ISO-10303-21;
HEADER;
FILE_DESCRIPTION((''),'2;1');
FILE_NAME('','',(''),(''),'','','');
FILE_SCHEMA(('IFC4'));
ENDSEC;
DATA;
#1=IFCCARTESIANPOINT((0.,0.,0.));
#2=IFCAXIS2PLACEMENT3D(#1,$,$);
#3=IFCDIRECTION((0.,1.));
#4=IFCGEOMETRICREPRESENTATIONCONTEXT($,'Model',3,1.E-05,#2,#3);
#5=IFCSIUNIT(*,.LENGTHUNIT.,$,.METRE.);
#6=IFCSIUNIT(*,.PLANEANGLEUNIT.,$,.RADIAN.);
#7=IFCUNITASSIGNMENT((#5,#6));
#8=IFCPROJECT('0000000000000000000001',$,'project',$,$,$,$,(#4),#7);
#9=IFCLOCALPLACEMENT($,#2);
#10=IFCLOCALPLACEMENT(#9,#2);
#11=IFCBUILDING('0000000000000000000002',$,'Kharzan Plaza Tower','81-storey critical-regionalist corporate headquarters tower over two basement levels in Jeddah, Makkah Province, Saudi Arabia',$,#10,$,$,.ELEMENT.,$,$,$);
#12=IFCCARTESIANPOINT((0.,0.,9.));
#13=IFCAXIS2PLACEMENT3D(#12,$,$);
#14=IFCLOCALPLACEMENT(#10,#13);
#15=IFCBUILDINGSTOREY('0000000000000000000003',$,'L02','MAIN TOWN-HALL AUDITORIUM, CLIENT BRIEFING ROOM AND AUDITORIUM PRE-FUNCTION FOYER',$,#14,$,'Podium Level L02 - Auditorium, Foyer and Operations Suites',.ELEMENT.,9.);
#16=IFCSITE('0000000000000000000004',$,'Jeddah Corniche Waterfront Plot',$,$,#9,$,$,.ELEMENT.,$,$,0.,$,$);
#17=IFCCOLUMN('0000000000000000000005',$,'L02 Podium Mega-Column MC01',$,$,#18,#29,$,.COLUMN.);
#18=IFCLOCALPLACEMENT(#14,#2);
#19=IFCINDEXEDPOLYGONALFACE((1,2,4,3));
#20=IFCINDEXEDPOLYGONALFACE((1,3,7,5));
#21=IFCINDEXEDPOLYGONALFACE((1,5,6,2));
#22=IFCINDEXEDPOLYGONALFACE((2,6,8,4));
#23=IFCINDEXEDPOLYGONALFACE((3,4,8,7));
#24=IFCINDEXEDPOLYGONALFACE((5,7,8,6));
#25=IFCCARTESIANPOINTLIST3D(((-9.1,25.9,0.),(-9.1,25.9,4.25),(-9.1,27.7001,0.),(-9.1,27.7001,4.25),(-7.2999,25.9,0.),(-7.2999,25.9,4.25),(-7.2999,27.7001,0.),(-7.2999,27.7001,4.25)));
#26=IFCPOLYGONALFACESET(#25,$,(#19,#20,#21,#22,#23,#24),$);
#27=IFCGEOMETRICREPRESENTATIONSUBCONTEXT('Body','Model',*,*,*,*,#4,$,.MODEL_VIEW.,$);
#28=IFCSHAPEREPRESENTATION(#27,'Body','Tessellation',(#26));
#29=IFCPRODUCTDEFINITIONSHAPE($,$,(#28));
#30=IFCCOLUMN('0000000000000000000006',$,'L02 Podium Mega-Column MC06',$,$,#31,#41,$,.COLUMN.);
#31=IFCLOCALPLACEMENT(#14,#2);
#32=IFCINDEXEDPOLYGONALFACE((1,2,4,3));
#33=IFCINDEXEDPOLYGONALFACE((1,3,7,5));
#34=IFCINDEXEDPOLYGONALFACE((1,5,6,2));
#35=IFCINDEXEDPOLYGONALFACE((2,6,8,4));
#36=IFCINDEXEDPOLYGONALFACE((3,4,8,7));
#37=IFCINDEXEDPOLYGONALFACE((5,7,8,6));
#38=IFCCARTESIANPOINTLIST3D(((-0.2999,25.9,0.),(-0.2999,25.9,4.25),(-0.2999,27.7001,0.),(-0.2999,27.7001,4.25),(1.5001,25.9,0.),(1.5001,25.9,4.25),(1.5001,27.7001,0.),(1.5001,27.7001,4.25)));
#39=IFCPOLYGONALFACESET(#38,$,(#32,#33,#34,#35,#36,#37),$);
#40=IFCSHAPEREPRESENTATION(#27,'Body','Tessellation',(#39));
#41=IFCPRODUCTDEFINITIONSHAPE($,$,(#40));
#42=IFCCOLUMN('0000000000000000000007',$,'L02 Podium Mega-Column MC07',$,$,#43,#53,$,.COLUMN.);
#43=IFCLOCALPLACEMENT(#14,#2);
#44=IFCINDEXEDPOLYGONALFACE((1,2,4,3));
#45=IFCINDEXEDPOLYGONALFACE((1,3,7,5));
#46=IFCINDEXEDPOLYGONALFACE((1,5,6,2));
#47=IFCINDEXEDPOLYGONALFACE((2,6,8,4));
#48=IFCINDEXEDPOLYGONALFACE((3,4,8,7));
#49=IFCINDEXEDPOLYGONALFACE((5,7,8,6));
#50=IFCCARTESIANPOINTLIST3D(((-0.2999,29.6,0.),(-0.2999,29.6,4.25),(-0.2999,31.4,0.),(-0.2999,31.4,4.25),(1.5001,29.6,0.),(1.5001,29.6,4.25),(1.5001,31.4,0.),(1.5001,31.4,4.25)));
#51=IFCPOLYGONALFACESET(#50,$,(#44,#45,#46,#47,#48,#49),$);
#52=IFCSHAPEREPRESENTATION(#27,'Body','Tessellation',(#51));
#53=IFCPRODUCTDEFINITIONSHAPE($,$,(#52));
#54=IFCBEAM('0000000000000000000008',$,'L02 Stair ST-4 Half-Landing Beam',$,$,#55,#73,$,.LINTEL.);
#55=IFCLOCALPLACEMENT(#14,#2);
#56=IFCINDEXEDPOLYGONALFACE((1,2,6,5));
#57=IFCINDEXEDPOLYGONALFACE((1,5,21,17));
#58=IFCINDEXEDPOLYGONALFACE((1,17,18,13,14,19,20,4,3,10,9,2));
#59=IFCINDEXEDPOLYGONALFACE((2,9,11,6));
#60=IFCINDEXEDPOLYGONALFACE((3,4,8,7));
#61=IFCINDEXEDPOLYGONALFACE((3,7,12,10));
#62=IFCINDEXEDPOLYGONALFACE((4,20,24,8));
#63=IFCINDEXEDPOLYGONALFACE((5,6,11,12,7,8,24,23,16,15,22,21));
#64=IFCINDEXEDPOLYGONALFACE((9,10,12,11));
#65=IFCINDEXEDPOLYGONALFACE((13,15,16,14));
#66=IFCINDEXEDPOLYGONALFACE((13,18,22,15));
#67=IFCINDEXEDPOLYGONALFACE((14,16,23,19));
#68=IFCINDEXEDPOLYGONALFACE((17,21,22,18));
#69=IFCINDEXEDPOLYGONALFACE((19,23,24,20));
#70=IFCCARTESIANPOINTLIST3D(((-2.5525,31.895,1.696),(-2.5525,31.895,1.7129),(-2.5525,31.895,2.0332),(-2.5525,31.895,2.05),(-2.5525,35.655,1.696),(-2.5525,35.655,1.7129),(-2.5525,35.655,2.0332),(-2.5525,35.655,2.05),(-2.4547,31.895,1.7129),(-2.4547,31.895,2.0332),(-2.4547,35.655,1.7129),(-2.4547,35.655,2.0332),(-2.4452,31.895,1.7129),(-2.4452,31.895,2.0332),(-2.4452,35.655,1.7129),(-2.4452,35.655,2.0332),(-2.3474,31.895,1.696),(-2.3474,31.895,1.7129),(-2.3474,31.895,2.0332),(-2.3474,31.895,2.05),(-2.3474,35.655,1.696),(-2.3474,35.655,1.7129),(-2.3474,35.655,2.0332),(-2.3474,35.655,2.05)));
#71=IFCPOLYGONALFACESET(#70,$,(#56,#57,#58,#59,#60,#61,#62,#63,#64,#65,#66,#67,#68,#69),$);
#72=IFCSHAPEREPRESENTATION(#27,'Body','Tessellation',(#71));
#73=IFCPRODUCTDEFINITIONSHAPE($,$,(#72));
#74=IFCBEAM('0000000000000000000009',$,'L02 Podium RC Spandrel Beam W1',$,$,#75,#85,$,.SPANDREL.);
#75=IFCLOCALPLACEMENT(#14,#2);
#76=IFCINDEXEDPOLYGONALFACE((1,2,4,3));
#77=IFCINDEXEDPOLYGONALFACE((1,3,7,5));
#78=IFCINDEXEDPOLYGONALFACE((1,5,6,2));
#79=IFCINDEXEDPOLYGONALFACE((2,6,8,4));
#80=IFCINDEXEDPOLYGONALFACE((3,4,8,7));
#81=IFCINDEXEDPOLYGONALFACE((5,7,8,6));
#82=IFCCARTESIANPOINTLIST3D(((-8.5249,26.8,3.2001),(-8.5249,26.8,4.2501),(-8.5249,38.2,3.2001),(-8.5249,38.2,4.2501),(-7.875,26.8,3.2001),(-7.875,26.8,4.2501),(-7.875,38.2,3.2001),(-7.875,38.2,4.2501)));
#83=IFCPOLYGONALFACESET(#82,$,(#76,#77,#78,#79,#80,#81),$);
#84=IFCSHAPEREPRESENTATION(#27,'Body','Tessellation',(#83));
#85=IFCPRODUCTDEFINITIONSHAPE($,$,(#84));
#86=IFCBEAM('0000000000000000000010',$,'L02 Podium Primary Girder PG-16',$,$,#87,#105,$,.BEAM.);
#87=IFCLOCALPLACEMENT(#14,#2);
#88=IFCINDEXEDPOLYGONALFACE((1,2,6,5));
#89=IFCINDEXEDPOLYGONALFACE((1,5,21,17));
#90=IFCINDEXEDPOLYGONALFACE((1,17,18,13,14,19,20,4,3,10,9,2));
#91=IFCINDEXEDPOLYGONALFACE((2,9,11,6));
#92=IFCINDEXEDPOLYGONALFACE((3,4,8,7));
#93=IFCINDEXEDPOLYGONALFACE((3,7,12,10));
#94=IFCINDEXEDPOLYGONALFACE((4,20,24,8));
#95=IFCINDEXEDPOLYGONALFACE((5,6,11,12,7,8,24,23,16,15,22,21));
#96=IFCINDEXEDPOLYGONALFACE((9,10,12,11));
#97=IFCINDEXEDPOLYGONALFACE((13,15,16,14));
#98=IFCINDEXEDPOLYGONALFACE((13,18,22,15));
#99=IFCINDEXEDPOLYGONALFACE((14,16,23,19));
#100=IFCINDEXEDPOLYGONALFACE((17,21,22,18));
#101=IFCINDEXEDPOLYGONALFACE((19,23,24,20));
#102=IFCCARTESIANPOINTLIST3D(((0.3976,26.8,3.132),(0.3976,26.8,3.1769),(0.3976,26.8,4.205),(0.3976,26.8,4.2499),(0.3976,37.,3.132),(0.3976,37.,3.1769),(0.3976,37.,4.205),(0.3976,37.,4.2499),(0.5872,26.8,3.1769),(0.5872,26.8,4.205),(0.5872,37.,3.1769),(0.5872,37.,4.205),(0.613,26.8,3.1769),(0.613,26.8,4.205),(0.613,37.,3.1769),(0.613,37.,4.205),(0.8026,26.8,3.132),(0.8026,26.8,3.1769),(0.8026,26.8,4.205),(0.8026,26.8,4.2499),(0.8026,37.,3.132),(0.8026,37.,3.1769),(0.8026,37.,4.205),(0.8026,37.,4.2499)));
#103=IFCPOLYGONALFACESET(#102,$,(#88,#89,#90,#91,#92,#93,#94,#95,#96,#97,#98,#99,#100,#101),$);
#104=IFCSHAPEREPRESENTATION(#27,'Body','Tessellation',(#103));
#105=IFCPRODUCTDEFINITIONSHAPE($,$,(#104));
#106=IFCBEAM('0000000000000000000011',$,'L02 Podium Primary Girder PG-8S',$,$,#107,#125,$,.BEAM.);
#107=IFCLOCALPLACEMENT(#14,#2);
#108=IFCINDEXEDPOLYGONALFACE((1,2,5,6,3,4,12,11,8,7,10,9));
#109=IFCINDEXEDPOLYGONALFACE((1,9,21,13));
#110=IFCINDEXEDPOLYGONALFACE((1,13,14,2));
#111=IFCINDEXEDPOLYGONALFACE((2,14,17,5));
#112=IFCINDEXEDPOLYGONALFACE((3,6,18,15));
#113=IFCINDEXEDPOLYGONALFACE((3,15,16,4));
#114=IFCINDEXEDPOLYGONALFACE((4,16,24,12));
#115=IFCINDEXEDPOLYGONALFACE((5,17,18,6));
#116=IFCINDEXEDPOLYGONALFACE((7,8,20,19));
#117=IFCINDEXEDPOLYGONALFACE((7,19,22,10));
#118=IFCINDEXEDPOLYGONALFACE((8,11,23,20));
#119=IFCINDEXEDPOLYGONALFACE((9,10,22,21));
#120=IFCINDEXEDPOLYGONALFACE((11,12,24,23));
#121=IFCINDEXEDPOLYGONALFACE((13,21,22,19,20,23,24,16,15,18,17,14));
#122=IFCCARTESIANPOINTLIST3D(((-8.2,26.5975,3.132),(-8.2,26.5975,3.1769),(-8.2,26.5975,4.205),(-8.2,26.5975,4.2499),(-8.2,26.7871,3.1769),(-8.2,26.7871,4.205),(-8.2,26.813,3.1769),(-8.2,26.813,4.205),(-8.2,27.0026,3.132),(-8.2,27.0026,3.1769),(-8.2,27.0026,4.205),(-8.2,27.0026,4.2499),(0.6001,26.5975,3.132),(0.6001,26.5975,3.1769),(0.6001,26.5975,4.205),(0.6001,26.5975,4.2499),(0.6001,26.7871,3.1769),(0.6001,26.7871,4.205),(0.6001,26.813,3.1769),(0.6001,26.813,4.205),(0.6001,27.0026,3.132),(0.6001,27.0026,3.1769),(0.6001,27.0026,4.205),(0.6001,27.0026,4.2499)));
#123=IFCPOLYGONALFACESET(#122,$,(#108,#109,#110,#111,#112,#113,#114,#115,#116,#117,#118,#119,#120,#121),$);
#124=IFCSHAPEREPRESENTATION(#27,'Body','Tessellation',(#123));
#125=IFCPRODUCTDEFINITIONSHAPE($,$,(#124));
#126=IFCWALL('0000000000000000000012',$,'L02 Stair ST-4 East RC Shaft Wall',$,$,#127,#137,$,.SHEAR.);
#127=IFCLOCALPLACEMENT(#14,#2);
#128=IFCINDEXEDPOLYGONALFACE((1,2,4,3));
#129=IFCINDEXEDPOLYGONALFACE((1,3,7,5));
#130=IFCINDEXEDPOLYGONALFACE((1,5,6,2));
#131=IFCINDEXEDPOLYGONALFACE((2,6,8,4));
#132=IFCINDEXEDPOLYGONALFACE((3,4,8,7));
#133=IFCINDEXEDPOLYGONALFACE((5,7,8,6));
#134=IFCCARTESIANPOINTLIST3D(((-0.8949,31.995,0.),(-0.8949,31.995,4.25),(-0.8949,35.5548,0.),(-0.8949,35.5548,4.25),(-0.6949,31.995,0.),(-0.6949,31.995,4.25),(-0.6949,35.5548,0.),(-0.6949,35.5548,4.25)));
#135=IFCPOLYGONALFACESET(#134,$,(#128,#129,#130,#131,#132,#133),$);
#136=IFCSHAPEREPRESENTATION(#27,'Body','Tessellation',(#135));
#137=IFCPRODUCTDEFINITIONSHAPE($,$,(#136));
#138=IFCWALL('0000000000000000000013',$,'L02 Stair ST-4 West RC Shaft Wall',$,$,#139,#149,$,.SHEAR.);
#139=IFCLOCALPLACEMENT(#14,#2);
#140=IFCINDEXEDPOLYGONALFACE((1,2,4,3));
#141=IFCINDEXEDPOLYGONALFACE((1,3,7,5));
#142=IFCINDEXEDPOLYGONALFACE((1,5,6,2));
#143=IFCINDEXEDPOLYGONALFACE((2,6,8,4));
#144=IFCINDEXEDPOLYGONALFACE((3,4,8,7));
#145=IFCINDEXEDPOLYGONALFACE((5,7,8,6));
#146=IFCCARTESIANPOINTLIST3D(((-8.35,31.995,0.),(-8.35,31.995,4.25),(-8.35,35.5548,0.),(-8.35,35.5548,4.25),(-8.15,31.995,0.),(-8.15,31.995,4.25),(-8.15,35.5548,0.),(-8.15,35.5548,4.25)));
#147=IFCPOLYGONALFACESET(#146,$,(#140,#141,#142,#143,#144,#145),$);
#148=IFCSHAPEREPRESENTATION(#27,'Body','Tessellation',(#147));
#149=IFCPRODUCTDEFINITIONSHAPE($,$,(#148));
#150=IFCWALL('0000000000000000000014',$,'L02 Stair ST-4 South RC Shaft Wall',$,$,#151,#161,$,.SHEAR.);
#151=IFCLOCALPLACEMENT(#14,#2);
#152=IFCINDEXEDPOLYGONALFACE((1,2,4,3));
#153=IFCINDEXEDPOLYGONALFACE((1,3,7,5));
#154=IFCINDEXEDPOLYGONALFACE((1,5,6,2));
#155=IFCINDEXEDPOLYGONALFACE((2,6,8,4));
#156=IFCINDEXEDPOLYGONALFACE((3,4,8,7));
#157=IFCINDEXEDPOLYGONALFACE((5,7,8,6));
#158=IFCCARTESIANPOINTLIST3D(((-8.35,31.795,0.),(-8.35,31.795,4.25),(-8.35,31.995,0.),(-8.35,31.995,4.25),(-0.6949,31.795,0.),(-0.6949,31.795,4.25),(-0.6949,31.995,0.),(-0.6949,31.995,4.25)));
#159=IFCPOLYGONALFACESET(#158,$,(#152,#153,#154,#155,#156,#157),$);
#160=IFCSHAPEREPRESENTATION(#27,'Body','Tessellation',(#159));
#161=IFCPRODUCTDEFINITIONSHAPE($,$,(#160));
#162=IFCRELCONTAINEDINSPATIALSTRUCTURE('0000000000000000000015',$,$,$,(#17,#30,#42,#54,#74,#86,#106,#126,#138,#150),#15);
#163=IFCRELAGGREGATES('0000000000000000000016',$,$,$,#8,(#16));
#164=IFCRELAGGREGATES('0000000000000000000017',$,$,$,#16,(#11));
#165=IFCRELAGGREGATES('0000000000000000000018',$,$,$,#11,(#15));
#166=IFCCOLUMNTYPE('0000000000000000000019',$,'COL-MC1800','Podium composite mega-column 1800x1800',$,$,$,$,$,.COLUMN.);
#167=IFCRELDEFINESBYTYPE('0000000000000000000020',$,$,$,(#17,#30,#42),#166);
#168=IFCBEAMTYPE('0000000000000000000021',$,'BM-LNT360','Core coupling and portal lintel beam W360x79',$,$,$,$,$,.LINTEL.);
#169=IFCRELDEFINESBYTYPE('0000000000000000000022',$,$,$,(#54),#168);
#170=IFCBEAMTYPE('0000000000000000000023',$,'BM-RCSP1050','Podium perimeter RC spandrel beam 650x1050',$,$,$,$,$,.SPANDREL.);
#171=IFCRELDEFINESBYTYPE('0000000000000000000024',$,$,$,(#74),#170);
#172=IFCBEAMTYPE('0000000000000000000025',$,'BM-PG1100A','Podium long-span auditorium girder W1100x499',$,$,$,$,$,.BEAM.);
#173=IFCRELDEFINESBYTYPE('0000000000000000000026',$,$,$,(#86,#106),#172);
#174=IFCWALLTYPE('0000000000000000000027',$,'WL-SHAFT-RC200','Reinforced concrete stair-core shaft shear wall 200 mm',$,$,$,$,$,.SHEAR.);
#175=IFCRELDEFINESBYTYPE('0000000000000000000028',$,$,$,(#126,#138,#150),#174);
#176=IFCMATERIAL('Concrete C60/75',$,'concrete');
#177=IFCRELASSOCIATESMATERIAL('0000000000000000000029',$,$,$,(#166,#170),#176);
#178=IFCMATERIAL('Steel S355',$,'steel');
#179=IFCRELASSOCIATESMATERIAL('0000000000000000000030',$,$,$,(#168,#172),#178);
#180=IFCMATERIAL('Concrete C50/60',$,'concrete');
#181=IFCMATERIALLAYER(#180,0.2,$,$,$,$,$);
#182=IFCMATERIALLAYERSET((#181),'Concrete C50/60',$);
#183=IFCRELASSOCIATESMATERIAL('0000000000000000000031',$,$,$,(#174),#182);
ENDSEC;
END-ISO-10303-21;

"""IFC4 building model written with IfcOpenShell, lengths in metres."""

from ifc_helpers import new_model, si_unit, direction, frame, frame_2d, origin, origin_2d, place, context, subcontext, project, spatial, rectangle, i_section, extrude, source, transform, mapped, material, layer, layer_set, material_profile, profile_set, type_object, element, save


model = new_model("IFC4")

# Units and contexts
model_context = context("Model", 3, precision=1e-05, world=origin(), true_north=direction((0.0, 1.0)))
body_context = subcontext(model_context, "Body", "Model", "MODEL_VIEW")
ifc_project = project(units=[si_unit("LENGTHUNIT", "METRE"), si_unit("PLANEANGLEUNIT", "RADIAN")], contexts=[model_context])

# Site, building, storey
site_placement = place(None, origin())
site = spatial("IfcSite", under=ifc_project, at=site_placement, Name="Jeddah Corniche Waterfront Plot", CompositionType="ELEMENT", RefElevation=0.0)
building_placement = place(site_placement, origin())
building = spatial("IfcBuilding", under=site, at=building_placement, Name="Kharzan Plaza Tower", Description="81-storey critical-regionalist corporate headquarters tower over two basement levels in Jeddah, Makkah Province, Saudi Arabia", CompositionType="ELEMENT")
storey_placement = place(building_placement, frame((0.0, 0.0, 9.0)))
storey = spatial("IfcBuildingStorey", under=building, at=storey_placement, Name="L02", Description="MAIN TOWN-HALL AUDITORIUM, CLIENT BRIEFING ROOM AND AUDITORIUM PRE-FUNCTION FOYER", LongName="Podium Level L02 - Auditorium, Foyer and Operations Suites", CompositionType="ELEMENT", Elevation=9.0)

# Columns
ifc_material_1 = material(Name="Concrete C60/75", Category="concrete")
ifc_material_profile_1 = material_profile(ifc_material_1, rectangle(XDim=1.8, YDim=1.8, at=origin_2d()), Name="RC-MC1800x1800")
ifc_profile_set_1 = profile_set([ifc_material_profile_1], Name="Concrete C60/75")
column_type = type_object("IfcColumnType", Name="COL-MC1800", Description="Podium composite mega-column 1800x1800", PredefinedType="COLUMN", material=ifc_profile_set_1)
shared_shape_1 = source(origin(), body_context, "Body", "SweptSolid", [
    extrude(rectangle(XDim=1.8, YDim=1.8, at=origin_2d()), origin(), (0.0, 0.0, 1.0), 4.25),
])
for number, where, z_axis, x_axis, name in (
    (1, (-8.2, 26.8, 0.0), (0.0, 0.0, 1.0), (1.0, 0.0, 0.0), "L02 Podium Mega-Column MC01"),
    (2, (0.6001, 26.8, 0.0), (0.0, 0.0, 1.0), (1.0, 0.0, 0.0), "L02 Podium Mega-Column MC06"),
    (3, (0.6001, 30.5, 0.0), (0.0, 0.0, 1.0), (1.0, 0.0, 0.0), "L02 Podium Mega-Column MC07"),
):
    element("IfcColumn", number, at=place(storey_placement, frame(where, z_axis=z_axis, x_axis=x_axis)), inside=storey, type_object=column_type, Name=name, PredefinedType="COLUMN", context=body_context, shape_type="MappedRepresentation", body=[
        mapped(shared_shape_1, transform((0.0, 0.0, 0.0), x_axis=(1.0, 0.0, 0.0), y_axis=(0.0, 1.0, 0.0), z_axis=(0.0, 0.0, 1.0))),
    ])

# Beams
ifc_material_2 = material(Name="Steel S355", Category="steel")
ifc_material_profile_2 = material_profile(ifc_material_2, i_section(OverallWidth=0.2051, OverallDepth=0.354, WebThickness=0.0095, FlangeThickness=0.0168, at=origin_2d()), Name="W360x79")
ifc_profile_set_2 = profile_set([ifc_material_profile_2], Name="Steel S355")
beam_type_1 = type_object("IfcBeamType", Name="BM-LNT360", Description="Core coupling and portal lintel beam W360x79", PredefinedType="LINTEL", material=ifc_profile_set_2)
shared_shape_2 = source(origin(), body_context, "Body", "SweptSolid", [
    extrude(i_section(OverallWidth=0.2051, OverallDepth=0.354, WebThickness=0.0095, FlangeThickness=0.0168, at=origin_2d()), origin(), (0.0, 0.0, 1.0), 3.76),
])
beam_1_placement = place(storey_placement, frame((-2.45, 31.895, 1.873), z_axis=(0.0, 1.0, 0.0), x_axis=(-1.0, 0.0, 0.0)))
element("IfcBeam", 4, at=beam_1_placement, inside=storey, type_object=beam_type_1, Name="L02 Stair ST-4 Half-Landing Beam", PredefinedType="LINTEL", context=body_context, shape_type="MappedRepresentation", body=[
    mapped(shared_shape_2, transform((0.0, 0.0, 0.0), x_axis=(1.0, 0.0, 0.0), y_axis=(0.0, 1.0, 0.0), z_axis=(0.0, 0.0, 1.0))),
])
ifc_material_profile_3 = material_profile(ifc_material_1, rectangle(XDim=0.6499, YDim=1.05, at=origin_2d()), Name="RC-SP1050x650")
ifc_profile_set_3 = profile_set([ifc_material_profile_3], Name="Concrete C60/75")
beam_type_2 = type_object("IfcBeamType", Name="BM-RCSP1050", Description="Podium perimeter RC spandrel beam 650x1050", PredefinedType="SPANDREL", material=ifc_profile_set_3)
shared_shape_3 = source(origin(), body_context, "Body", "SweptSolid", [
    extrude(rectangle(XDim=0.6499, YDim=1.05, at=origin_2d()), origin(), (0.0, 0.0, 1.0), 11.3999),
])
beam_2_placement = place(storey_placement, frame((-8.2, 26.8, 3.7251), z_axis=(0.0, 1.0, 0.0), x_axis=(-1.0, 0.0, 0.0)))
element("IfcBeam", 5, at=beam_2_placement, inside=storey, type_object=beam_type_2, Name="L02 Podium RC Spandrel Beam W1", PredefinedType="SPANDREL", context=body_context, shape_type="MappedRepresentation", body=[
    mapped(shared_shape_3, transform((0.0, 0.0, 0.0), x_axis=(1.0, 0.0, 0.0), y_axis=(0.0, 1.0, 0.0), z_axis=(0.0, 0.0, 1.0))),
])
ifc_material_profile_4 = material_profile(ifc_material_2, i_section(OverallWidth=0.405, OverallDepth=1.1179, WebThickness=0.0259, FlangeThickness=0.0449, at=origin_2d()), Name="W1100x499")
ifc_profile_set_4 = profile_set([ifc_material_profile_4], Name="Steel S355")
beam_type_3 = type_object("IfcBeamType", Name="BM-PG1100A", Description="Podium long-span auditorium girder W1100x499", PredefinedType="BEAM", material=ifc_profile_set_4)
shared_shape_4 = source(origin(), body_context, "Body", "SweptSolid", [
    extrude(i_section(OverallWidth=0.405, OverallDepth=1.1179, WebThickness=0.0259, FlangeThickness=0.0449, at=origin_2d()), origin(), (0.0, 0.0, 1.0), 10.2),
])
beam_3_placement = place(storey_placement, frame((0.6001, 26.8, 3.6909), z_axis=(0.0, 1.0, 0.0), x_axis=(-1.0, 0.0, 0.0)))
element("IfcBeam", 6, at=beam_3_placement, inside=storey, type_object=beam_type_3, Name="L02 Podium Primary Girder PG-16", PredefinedType="BEAM", context=body_context, shape_type="MappedRepresentation", body=[
    mapped(shared_shape_4, transform((0.0, 0.0, 0.0), x_axis=(1.0, 0.0, 0.0), y_axis=(0.0, 1.0, 0.0), z_axis=(0.0, 0.0, 1.0))),
])
shared_shape_5 = source(origin(), body_context, "Body", "SweptSolid", [
    extrude(i_section(OverallWidth=0.405, OverallDepth=1.1179, WebThickness=0.0259, FlangeThickness=0.0449, at=origin_2d()), origin(), (0.0, 0.0, 1.0), 8.8),
])
beam_4_placement = place(storey_placement, frame((-8.2, 26.8, 3.6909), z_axis=(1.0, 0.0, 0.0), x_axis=(0.0, 1.0, 0.0)))
element("IfcBeam", 7, at=beam_4_placement, inside=storey, type_object=beam_type_3, Name="L02 Podium Primary Girder PG-8S", PredefinedType="BEAM", context=body_context, shape_type="MappedRepresentation", body=[
    mapped(shared_shape_5, transform((0.0, 0.0, 0.0), x_axis=(1.0, 0.0, 0.0), y_axis=(0.0, 1.0, 0.0), z_axis=(0.0, 0.0, 1.0))),
])

# Walls
ifc_material_3 = material(Name="Concrete C50/60", Category="concrete")
ifc_layer_1 = layer(ifc_material_3, 0.2)
ifc_layer_set_1 = layer_set([ifc_layer_1], Name="Concrete C50/60")
wall_type = type_object("IfcWallType", Name="WL-SHAFT-RC200", Description="Reinforced concrete stair-core shaft shear wall 200 mm", PredefinedType="SHEAR", material=ifc_layer_set_1)
shared_shape_6 = source(origin(), body_context, "Body", "SweptSolid", [
    extrude(rectangle(XDim=3.5598, YDim=0.2, at=frame_2d((1.7798, 0.0))), origin(), (0.0, 0.0, 1.0), 4.25),
])
for number, where, z_axis, x_axis, name in (
    (8, (-0.7949, 31.9951, 0.0), (0.0, 0.0, 1.0), (0.0, 1.0, 0.0), "L02 Stair ST-4 East RC Shaft Wall"),
    (9, (-8.25, 31.9951, 0.0), (0.0, 0.0, 1.0), (0.0, 1.0, 0.0), "L02 Stair ST-4 West RC Shaft Wall"),
):
    element("IfcWall", number, at=place(storey_placement, frame(where, z_axis=z_axis, x_axis=x_axis)), inside=storey, type_object=wall_type, Name=name, PredefinedType="SHEAR", context=body_context, shape_type="MappedRepresentation", body=[
        mapped(shared_shape_6, transform((0.0, 0.0, 0.0), x_axis=(1.0, 0.0, 0.0), y_axis=(0.0, 1.0, 0.0), z_axis=(0.0, 0.0, 1.0))),
    ])
shared_shape_7 = source(origin(), body_context, "Body", "SweptSolid", [
    extrude(rectangle(XDim=7.655, YDim=0.2, at=frame_2d((3.8276, 0.0))), origin(), (0.0, 0.0, 1.0), 4.25),
])
wall_placement = place(storey_placement, frame((-8.3501, 31.895, 0.0), z_axis=(0.0, 0.0, 1.0), x_axis=(1.0, 0.0, 0.0)))
element("IfcWall", 10, at=wall_placement, inside=storey, type_object=wall_type, Name="L02 Stair ST-4 South RC Shaft Wall", PredefinedType="SHEAR", context=body_context, shape_type="MappedRepresentation", body=[
    mapped(shared_shape_7, transform((0.0, 0.0, 0.0), x_axis=(1.0, 0.0, 0.0), y_axis=(0.0, 1.0, 0.0), z_axis=(0.0, 0.0, 1.0))),
])

save(model, "model.ifc")
